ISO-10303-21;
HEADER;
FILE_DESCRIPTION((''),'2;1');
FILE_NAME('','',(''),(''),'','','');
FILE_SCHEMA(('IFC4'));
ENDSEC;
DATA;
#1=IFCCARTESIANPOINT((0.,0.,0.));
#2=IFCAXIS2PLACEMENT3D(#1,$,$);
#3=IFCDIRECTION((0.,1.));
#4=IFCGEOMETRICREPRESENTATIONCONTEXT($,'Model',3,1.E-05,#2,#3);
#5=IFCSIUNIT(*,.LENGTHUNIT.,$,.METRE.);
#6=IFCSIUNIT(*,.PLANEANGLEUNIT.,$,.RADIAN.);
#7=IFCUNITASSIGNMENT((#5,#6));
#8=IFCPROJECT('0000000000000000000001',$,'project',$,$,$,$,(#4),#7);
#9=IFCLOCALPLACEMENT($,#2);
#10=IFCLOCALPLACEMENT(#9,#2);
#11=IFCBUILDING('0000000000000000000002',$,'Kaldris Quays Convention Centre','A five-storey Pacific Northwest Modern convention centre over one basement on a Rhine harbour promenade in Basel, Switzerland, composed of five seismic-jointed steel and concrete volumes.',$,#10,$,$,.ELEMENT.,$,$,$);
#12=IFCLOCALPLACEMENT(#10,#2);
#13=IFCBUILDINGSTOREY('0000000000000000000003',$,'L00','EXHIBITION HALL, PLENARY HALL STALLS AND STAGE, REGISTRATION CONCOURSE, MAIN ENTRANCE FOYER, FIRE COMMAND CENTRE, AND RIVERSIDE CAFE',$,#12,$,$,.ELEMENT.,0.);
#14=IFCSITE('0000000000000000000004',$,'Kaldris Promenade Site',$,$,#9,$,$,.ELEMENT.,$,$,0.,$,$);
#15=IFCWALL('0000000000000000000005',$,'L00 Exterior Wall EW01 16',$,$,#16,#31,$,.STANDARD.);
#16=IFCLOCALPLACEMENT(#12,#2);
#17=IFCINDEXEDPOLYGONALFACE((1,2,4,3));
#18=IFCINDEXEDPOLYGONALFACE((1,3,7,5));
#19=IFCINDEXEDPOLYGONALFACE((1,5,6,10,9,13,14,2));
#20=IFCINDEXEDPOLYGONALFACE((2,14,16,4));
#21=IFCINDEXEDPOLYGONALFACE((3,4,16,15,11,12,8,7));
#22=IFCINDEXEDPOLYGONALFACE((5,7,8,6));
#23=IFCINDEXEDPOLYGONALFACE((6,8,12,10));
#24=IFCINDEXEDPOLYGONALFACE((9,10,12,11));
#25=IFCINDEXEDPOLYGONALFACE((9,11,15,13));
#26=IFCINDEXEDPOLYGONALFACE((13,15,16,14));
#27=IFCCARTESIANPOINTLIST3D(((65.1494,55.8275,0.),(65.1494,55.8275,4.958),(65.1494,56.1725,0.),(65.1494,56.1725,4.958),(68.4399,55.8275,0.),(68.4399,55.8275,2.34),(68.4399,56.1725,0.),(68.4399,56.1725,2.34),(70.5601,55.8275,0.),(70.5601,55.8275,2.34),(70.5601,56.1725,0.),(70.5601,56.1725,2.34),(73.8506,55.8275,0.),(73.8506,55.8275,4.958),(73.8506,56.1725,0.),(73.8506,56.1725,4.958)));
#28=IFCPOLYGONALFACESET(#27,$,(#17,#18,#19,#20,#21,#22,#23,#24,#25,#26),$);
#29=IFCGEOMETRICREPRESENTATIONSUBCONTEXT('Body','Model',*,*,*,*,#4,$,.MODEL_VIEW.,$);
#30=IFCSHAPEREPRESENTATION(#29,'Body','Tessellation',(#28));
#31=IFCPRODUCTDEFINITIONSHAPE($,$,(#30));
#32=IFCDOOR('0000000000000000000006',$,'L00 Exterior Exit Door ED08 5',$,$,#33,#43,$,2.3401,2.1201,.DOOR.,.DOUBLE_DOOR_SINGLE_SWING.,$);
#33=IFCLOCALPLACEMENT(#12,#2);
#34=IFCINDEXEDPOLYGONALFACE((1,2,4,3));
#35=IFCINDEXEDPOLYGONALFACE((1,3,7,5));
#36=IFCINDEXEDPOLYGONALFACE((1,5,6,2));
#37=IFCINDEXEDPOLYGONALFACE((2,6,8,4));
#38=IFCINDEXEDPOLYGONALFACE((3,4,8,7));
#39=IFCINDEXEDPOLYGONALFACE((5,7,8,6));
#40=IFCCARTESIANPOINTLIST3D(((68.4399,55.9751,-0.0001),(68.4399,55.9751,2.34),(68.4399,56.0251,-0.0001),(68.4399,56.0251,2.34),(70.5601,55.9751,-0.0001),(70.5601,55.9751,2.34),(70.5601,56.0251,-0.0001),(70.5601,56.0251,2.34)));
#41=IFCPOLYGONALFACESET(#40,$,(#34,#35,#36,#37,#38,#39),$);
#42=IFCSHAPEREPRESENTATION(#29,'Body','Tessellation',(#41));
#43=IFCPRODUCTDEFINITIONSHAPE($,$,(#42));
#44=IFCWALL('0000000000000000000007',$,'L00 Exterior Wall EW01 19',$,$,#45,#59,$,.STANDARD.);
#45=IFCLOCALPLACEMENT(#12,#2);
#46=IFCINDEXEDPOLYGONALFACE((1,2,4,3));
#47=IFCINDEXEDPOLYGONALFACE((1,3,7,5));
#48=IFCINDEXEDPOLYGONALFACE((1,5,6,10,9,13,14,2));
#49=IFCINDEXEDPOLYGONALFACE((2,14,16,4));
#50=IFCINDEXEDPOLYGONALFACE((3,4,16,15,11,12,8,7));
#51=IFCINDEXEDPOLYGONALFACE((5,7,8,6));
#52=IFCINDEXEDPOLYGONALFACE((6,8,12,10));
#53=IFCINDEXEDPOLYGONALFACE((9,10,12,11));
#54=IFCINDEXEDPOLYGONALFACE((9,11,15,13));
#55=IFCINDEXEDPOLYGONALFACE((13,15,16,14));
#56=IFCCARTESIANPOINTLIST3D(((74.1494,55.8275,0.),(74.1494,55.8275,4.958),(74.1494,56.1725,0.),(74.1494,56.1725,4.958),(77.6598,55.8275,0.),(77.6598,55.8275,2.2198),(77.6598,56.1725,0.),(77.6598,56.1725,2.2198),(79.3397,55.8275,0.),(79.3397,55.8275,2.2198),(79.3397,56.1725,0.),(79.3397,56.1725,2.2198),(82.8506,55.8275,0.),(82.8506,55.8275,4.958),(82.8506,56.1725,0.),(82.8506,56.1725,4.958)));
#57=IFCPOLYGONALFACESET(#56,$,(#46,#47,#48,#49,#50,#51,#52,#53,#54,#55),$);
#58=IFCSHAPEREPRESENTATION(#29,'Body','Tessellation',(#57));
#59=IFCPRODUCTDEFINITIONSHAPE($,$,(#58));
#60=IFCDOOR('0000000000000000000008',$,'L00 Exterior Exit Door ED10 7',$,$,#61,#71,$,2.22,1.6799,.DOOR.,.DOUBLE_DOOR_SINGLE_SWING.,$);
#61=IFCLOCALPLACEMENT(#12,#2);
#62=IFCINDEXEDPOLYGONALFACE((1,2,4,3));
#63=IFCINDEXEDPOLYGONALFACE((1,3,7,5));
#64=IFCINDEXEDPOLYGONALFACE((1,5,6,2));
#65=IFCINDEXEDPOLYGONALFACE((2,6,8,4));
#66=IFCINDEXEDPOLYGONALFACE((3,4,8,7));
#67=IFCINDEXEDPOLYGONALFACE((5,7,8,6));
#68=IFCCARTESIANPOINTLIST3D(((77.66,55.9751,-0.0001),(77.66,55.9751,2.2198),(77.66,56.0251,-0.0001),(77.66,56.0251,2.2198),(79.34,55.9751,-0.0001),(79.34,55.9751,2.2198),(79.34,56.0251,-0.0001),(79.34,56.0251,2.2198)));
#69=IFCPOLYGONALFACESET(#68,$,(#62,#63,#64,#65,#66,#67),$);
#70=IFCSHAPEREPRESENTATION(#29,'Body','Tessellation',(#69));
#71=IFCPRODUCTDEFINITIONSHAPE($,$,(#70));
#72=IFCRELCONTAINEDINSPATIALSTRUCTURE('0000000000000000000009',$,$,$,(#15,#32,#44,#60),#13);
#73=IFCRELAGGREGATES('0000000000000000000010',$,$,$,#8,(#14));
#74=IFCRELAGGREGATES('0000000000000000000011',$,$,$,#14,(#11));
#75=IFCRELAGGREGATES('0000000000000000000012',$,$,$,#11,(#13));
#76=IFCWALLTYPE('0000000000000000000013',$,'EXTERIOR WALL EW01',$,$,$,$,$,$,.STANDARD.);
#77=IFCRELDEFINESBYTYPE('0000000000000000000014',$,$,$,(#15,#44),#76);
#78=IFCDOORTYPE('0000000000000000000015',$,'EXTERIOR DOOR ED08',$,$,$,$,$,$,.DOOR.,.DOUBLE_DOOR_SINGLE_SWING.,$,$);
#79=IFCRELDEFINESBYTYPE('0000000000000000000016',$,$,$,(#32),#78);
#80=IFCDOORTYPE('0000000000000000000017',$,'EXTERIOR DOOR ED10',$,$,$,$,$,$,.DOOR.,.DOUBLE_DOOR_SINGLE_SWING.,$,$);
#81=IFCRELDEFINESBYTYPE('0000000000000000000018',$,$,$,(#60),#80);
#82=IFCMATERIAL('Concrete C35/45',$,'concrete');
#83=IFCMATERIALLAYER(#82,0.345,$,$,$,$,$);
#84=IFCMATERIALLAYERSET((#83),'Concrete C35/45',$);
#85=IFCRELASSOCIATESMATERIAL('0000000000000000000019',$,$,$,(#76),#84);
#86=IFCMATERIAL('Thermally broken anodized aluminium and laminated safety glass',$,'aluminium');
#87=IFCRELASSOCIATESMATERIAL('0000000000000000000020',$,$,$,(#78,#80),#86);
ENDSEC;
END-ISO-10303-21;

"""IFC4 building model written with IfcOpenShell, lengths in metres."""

from ifc_helpers import new_model, si_unit, direction, frame, frame_2d, origin, place, context, subcontext, project, spatial, rectangle, extrude, material, layer, layer_set, type_object, element, fill, save


model = new_model("IFC4")

# Units and contexts
model_context = context("Model", 3, precision=1e-05, world=origin(), true_north=direction((0.0, 1.0)))
body_context = subcontext(model_context, "Body", "Model", "MODEL_VIEW")
ifc_project = project(units=[si_unit("LENGTHUNIT", "METRE"), si_unit("PLANEANGLEUNIT", "RADIAN")], contexts=[model_context])

# Site, building, storey
site_placement = place(None, origin())
site = spatial("IfcSite", under=ifc_project, at=site_placement, Name="Kaldris Promenade Site", CompositionType="ELEMENT", RefElevation=0.0)
building_placement = place(site_placement, origin())
building = spatial("IfcBuilding", under=site, at=building_placement, Name="Kaldris Quays Convention Centre", Description="A five-storey Pacific Northwest Modern convention centre over one basement on a Rhine harbour promenade in Basel, Switzerland, composed of five seismic-jointed steel and concrete volumes.", CompositionType="ELEMENT")
storey_placement = place(building_placement, origin())
storey = spatial("IfcBuildingStorey", under=building, at=storey_placement, Name="L00", Description="EXHIBITION HALL, PLENARY HALL STALLS AND STAGE, REGISTRATION CONCOURSE, MAIN ENTRANCE FOYER, FIRE COMMAND CENTRE, AND RIVERSIDE CAFE", CompositionType="ELEMENT", Elevation=0.0)

# Walls, openings, doors
ifc_material_1 = material(Name="Concrete C35/45", Category="concrete")
ifc_layer = layer(ifc_material_1, 0.345)
ifc_layer_set = layer_set([ifc_layer], Name="Concrete C35/45")
wall_type = type_object("IfcWallType", Name="EXTERIOR WALL EW01", PredefinedType="STANDARD", material=ifc_layer_set)
ifc_material_2 = material(Name="Thermally broken anodized aluminium and laminated safety glass", Category="aluminium")
wall_1_placement = place(storey_placement, frame((65.1494, 56.0, 0.0), z_axis=(0.0, 0.0, 1.0), x_axis=(1.0, 0.0, 0.0)))
wall_1 = element("IfcWall", 1, at=wall_1_placement, inside=storey, type_object=wall_type, Name="L00 Exterior Wall EW01 16", PredefinedType="STANDARD", context=body_context, shape_type="SweptSolid", body=[
    extrude(rectangle(XDim=8.7012, YDim=0.345, at=frame_2d((4.3506, 0.0))), origin(), (0.0, 0.0, 1.0), 4.958),
])
opening_1_placement = place(wall_1_placement, frame((3.2905, 0.0, 0.0)))
opening_1 = element("IfcOpeningElement", 2, at=opening_1_placement, cuts=wall_1, PredefinedType="OPENING", context=body_context, shape_type="SweptSolid", body=[
    extrude(rectangle(XDim=2.1201, YDim=2.3401, at=frame_2d((1.0601, 1.1699))), frame((0.0, 0.1826, 0.0), z_axis=(0.0, -1.0, 0.0), x_axis=(1.0, 0.0, 0.0)), (0.0, 0.0, 1.0), 0.365),
])
door_type_1 = type_object("IfcDoorType", Name="EXTERIOR DOOR ED08", OperationType="DOUBLE_DOOR_SINGLE_SWING", PredefinedType="DOOR", material=ifc_material_2)
door_1_placement = place(opening_1_placement, frame((2.1201, 0.0, 0.0), z_axis=(0.0, 0.0, 1.0), x_axis=(-1.0, 0.0, 0.0)))
door_1 = element("IfcDoor", 3, at=door_1_placement, inside=storey, type_object=door_type_1, Name="L00 Exterior Exit Door ED08 5", OperationType="DOUBLE_DOOR_SINGLE_SWING", OverallHeight=2.3401, OverallWidth=2.1201, PredefinedType="DOOR", context=body_context, shape_type="SweptSolid", body=[
    extrude(rectangle(XDim=2.1201, YDim=2.3401, at=frame_2d((1.0601, 1.1699))), frame((0.0, 0.0249, 0.0), z_axis=(0.0, -1.0, 0.0), x_axis=(1.0, 0.0, 0.0)), (0.0, 0.0, 1.0), 0.05),
])
fill(opening_1, door_1)
wall_2_placement = place(storey_placement, frame((74.1494, 56.0, 0.0), z_axis=(0.0, 0.0, 1.0), x_axis=(1.0, 0.0, 0.0)))
wall_2 = element("IfcWall", 4, at=wall_2_placement, inside=storey, type_object=wall_type, Name="L00 Exterior Wall EW01 19", PredefinedType="STANDARD", context=body_context, shape_type="SweptSolid", body=[
    extrude(rectangle(XDim=8.7012, YDim=0.345, at=frame_2d((4.3506, 0.0))), origin(), (0.0, 0.0, 1.0), 4.958),
])
opening_2_placement = place(wall_2_placement, frame((3.5105, 0.0, 0.0)))
opening_2 = element("IfcOpeningElement", 5, at=opening_2_placement, cuts=wall_2, PredefinedType="OPENING", context=body_context, shape_type="SweptSolid", body=[
    extrude(rectangle(XDim=1.6799, YDim=2.22, at=frame_2d((0.8398, 1.1099))), frame((0.0, 0.1826, 0.0), z_axis=(0.0, -1.0, 0.0), x_axis=(1.0, 0.0, 0.0)), (0.0, 0.0, 1.0), 0.365),
])
door_type_2 = type_object("IfcDoorType", Name="EXTERIOR DOOR ED10", OperationType="DOUBLE_DOOR_SINGLE_SWING", PredefinedType="DOOR", material=ifc_material_2)
door_2_placement = place(opening_2_placement, frame((1.6799, 0.0, 0.0), z_axis=(0.0, 0.0, 1.0), x_axis=(-1.0, 0.0, 0.0)))
door_2 = element("IfcDoor", 6, at=door_2_placement, inside=storey, type_object=door_type_2, Name="L00 Exterior Exit Door ED10 7", OperationType="DOUBLE_DOOR_SINGLE_SWING", OverallHeight=2.22, OverallWidth=1.6799, PredefinedType="DOOR", context=body_context, shape_type="SweptSolid", body=[
    extrude(rectangle(XDim=1.6799, YDim=2.22, at=frame_2d((0.8398, 1.1099))), frame((0.0, 0.0249, 0.0), z_axis=(0.0, -1.0, 0.0), x_axis=(1.0, 0.0, 0.0)), (0.0, 0.0, 1.0), 0.05),
])
fill(opening_2, door_2)

save(model, "model.ifc")
